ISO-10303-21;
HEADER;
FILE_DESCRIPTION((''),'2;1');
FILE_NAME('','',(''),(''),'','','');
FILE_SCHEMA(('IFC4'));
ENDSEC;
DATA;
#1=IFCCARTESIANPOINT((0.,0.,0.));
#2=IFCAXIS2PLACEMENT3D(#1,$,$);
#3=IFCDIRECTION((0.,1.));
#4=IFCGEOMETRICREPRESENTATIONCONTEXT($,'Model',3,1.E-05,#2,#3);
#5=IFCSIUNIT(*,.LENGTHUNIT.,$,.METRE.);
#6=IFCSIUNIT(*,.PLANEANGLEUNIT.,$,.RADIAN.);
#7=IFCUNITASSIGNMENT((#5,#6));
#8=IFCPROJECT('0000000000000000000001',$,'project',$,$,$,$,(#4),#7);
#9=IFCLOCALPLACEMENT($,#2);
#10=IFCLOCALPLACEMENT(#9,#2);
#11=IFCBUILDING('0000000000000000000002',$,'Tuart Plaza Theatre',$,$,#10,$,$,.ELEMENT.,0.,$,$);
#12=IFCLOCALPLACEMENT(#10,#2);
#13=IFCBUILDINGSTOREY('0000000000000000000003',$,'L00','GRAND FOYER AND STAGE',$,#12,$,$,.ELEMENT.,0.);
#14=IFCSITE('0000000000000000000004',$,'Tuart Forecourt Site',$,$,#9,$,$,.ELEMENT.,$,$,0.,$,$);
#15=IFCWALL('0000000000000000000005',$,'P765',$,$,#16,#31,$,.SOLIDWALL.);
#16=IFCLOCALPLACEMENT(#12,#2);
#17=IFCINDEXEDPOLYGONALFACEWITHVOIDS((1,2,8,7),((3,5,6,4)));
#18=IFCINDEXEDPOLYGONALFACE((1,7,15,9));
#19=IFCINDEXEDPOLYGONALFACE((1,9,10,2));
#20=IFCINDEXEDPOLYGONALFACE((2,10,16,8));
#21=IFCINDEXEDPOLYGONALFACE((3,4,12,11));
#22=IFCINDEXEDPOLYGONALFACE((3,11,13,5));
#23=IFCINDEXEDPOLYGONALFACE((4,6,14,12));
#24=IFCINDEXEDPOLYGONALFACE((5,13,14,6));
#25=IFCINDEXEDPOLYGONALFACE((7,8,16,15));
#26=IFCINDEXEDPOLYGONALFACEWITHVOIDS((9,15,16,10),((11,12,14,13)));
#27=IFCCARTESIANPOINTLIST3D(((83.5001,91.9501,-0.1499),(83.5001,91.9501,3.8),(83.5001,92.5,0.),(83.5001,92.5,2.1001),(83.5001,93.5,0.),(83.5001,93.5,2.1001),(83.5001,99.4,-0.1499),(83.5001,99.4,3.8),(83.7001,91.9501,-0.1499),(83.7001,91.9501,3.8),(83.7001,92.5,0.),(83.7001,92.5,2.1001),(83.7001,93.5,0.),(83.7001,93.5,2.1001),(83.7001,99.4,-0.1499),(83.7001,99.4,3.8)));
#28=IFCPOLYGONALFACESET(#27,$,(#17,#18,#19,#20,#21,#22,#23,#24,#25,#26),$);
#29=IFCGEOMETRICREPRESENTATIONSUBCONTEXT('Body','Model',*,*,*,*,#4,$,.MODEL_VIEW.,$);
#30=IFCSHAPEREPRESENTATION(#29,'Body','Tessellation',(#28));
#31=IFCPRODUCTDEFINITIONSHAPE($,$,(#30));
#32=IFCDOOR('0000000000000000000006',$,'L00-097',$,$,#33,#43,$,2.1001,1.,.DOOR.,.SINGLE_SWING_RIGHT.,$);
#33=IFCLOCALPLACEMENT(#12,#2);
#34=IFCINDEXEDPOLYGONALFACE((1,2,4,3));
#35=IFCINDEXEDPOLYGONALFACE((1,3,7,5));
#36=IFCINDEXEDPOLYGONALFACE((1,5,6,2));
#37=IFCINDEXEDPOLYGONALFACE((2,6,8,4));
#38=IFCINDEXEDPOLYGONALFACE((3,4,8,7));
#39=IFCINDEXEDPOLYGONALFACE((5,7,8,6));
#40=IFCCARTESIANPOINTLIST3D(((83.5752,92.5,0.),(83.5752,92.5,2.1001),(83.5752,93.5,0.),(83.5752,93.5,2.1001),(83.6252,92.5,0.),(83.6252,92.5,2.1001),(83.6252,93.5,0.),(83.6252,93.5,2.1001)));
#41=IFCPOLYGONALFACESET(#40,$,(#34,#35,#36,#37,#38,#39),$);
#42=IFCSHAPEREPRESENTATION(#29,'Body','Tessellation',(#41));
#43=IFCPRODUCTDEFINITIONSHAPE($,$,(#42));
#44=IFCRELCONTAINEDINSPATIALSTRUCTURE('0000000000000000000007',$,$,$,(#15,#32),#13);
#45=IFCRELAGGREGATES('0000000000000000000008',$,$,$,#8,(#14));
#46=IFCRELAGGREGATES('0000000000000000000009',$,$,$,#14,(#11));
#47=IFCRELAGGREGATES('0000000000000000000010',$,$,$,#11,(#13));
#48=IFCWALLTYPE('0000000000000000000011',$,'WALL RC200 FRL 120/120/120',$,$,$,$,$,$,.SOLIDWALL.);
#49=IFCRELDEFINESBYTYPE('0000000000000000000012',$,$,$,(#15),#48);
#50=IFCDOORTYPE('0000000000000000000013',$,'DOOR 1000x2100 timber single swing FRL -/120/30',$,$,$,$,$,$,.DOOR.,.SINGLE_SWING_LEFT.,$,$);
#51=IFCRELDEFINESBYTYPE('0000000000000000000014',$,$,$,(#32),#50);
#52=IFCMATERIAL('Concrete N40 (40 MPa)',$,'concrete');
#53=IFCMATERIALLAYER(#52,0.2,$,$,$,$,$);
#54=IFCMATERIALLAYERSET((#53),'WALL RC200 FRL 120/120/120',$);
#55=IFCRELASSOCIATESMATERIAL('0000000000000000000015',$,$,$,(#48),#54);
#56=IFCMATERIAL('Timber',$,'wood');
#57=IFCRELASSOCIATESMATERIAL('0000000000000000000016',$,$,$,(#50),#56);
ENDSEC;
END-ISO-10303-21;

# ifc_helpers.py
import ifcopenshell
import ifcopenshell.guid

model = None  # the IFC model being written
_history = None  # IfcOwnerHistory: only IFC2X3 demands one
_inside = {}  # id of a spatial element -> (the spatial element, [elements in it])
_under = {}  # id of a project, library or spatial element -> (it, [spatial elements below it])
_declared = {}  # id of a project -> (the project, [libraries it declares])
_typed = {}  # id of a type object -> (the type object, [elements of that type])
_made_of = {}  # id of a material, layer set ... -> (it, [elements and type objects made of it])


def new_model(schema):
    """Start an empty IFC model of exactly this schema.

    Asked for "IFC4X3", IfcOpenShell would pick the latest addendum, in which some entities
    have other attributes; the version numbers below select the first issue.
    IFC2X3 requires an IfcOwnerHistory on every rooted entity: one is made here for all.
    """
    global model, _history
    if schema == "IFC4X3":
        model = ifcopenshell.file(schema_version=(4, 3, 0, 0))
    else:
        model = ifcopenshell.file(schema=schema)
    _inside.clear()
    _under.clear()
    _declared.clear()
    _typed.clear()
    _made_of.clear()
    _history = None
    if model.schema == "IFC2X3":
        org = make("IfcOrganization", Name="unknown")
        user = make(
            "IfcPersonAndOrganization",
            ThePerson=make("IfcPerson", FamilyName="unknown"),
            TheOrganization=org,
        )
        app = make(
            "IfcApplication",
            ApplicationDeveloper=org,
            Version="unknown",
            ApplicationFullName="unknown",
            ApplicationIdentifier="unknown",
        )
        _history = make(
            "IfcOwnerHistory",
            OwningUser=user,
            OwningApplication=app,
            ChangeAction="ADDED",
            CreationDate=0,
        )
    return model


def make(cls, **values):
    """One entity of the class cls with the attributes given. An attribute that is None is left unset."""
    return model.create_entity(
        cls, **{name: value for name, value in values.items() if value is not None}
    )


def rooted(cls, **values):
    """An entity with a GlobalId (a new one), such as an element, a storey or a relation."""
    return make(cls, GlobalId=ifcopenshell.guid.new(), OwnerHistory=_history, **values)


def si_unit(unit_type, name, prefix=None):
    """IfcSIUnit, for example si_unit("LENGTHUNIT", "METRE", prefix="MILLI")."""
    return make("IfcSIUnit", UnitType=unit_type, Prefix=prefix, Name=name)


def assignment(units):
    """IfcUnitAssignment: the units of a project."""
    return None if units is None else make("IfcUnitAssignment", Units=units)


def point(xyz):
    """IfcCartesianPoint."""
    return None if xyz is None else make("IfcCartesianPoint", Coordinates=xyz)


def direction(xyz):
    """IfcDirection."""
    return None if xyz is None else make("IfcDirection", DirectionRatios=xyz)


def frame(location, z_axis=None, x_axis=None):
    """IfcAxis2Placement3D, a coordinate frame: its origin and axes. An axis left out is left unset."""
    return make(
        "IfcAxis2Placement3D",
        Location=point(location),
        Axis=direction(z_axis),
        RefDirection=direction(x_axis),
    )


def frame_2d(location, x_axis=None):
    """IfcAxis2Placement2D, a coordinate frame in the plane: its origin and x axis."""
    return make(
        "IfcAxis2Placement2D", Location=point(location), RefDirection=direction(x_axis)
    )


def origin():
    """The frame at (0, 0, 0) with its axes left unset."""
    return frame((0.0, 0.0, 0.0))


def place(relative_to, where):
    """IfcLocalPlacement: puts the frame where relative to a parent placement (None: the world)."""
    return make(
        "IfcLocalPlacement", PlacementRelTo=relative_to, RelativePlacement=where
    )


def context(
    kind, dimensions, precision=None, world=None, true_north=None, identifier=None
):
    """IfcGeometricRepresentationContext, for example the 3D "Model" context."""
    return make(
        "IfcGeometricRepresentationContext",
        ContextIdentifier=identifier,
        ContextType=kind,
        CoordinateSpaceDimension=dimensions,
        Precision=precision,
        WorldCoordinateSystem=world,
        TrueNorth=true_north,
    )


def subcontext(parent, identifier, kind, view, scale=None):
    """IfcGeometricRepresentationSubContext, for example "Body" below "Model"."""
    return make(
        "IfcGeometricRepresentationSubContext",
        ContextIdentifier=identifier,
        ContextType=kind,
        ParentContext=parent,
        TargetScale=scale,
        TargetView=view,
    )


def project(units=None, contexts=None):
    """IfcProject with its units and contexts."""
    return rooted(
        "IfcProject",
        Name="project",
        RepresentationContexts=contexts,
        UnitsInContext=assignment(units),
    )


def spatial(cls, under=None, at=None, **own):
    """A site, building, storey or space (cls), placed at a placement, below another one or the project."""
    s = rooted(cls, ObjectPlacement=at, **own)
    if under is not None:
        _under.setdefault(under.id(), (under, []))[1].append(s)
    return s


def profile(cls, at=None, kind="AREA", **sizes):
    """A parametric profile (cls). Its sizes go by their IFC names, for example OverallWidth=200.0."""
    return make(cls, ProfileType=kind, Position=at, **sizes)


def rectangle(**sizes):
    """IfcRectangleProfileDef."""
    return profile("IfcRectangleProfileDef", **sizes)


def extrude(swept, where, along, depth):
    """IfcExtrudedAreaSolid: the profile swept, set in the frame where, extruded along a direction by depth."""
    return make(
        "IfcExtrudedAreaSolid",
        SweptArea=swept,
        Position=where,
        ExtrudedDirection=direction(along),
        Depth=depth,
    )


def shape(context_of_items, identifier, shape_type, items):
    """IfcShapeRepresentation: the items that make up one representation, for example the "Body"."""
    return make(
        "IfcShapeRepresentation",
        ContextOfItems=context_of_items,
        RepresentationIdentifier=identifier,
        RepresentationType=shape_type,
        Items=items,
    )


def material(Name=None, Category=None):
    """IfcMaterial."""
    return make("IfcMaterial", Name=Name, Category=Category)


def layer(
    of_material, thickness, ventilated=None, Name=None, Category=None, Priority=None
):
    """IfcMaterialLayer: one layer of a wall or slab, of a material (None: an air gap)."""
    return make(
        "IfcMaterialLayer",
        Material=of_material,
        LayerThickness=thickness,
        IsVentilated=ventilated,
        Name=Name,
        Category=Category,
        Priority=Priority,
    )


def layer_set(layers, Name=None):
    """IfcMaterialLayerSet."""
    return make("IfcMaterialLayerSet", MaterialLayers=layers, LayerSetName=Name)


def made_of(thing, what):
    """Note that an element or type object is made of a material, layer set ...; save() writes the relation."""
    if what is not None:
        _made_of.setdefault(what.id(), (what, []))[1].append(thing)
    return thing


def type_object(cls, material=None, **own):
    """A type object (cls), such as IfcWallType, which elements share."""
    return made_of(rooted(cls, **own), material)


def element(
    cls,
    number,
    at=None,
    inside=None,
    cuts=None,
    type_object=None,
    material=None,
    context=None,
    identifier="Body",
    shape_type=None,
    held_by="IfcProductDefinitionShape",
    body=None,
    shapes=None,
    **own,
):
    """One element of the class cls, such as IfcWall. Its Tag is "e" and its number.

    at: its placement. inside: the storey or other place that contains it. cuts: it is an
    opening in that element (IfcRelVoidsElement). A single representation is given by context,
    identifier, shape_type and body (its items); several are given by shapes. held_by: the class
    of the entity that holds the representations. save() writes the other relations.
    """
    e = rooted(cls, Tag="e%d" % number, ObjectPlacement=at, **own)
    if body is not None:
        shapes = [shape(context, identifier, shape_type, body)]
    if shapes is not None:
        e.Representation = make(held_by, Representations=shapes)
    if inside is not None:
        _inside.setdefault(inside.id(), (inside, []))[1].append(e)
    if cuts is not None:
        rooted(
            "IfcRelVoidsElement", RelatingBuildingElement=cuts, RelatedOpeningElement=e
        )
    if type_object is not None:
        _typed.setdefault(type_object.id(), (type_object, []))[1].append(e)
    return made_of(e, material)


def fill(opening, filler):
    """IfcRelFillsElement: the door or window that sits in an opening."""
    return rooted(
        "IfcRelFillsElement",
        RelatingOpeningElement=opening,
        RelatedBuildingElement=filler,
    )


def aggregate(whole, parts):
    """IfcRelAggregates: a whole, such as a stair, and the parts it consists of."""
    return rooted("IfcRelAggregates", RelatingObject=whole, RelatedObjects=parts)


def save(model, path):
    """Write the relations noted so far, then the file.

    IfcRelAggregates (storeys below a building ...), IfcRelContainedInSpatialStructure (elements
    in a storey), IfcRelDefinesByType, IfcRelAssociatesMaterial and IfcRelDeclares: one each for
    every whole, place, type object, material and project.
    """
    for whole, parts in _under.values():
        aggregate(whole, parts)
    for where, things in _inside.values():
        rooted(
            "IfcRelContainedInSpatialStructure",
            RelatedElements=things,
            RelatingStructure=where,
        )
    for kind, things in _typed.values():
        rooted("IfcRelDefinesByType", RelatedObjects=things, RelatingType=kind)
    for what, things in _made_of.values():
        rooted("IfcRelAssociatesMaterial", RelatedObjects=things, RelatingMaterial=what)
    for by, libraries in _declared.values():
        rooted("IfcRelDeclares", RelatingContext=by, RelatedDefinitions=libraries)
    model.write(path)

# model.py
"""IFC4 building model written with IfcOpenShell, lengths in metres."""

from ifc_helpers import new_model, si_unit, direction, frame, frame_2d, origin, place, context, subcontext, project, spatial, rectangle, extrude, material, layer, layer_set, type_object, element, fill, save


model = new_model("IFC4")

# Units and contexts
model_context = context("Model", 3, precision=1e-05, world=origin(), true_north=direction((0.0, 1.0)))
body_context = subcontext(model_context, "Body", "Model", "MODEL_VIEW")
ifc_project = project(units=[si_unit("LENGTHUNIT", "METRE"), si_unit("PLANEANGLEUNIT", "RADIAN")], contexts=[model_context])

# Site, building, storey
site_placement = place(None, origin())
site = spatial("IfcSite", under=ifc_project, at=site_placement, Name="Tuart Forecourt Site", CompositionType="ELEMENT", RefElevation=0.0)
building_placement = place(site_placement, origin())
building = spatial("IfcBuilding", under=site, at=building_placement, Name="Tuart Plaza Theatre", CompositionType="ELEMENT", ElevationOfRefHeight=0.0)
storey_placement = place(building_placement, origin())
storey = spatial("IfcBuildingStorey", under=building, at=storey_placement, Name="L00", Description="GRAND FOYER AND STAGE", CompositionType="ELEMENT", Elevation=0.0)

# Wall, opening, door
ifc_material_1 = material(Name="Concrete N40 (40 MPa)", Category="concrete")
ifc_layer_1 = layer(ifc_material_1, 0.2)
ifc_layer_set_1 = layer_set([ifc_layer_1], Name="WALL RC200 FRL 120/120/120")
wall_type_1 = type_object("IfcWallType", Name="WALL RC200 FRL 120/120/120", PredefinedType="SOLIDWALL", material=ifc_layer_set_1)
wall_1_placement = place(storey_placement, frame((83.6001, 91.95, -0.1499), z_axis=(0.0, 0.0, 1.0), x_axis=(0.0, 1.0, 0.0)))
wall_1 = element("IfcWall", 1, at=wall_1_placement, inside=storey, type_object=wall_type_1, Name="P765", PredefinedType="SOLIDWALL", context=body_context, shape_type="SweptSolid", body=[
    extrude(rectangle(XDim=7.45, YDim=0.2, at=frame_2d((3.7251, 0.0))), origin(), (0.0, 0.0, 1.0), 3.95),
])
opening_1_placement = place(wall_1_placement, frame((0.55, 0.0, 0.1499)))
opening_1 = element("IfcOpeningElement", 2, at=opening_1_placement, cuts=wall_1, PredefinedType="OPENING", context=body_context, shape_type="SweptSolid", body=[
    extrude(rectangle(XDim=1.0, YDim=2.1001, at=frame_2d((0.5, 1.05))), frame((0.0, 0.1099, 0.0), z_axis=(0.0, -1.0, 0.0), x_axis=(1.0, 0.0, 0.0)), (0.0, 0.0, 1.0), 0.22),
])
ifc_material_2 = material(Name="Timber", Category="wood")
door_type_1 = type_object("IfcDoorType", Name="DOOR 1000x2100 timber single swing FRL -/120/30", OperationType="SINGLE_SWING_LEFT", PredefinedType="DOOR", material=ifc_material_2)
door_1_placement = place(opening_1_placement, origin())
door_1 = element("IfcDoor", 3, at=door_1_placement, inside=storey, type_object=door_type_1, Name="L00-097", OperationType="SINGLE_SWING_RIGHT", OverallHeight=2.1001, OverallWidth=1.0, PredefinedType="DOOR", context=body_context, shape_type="SweptSolid", body=[
    extrude(rectangle(XDim=1.0, YDim=2.1001, at=frame_2d((0.5, 1.05))), frame((0.0, 0.0249, 0.0), z_axis=(0.0, -1.0, 0.0), x_axis=(1.0, 0.0, 0.0)), (0.0, 0.0, 1.0), 0.05),
])
fill(opening_1, door_1)

save(model, "model.ifc")
